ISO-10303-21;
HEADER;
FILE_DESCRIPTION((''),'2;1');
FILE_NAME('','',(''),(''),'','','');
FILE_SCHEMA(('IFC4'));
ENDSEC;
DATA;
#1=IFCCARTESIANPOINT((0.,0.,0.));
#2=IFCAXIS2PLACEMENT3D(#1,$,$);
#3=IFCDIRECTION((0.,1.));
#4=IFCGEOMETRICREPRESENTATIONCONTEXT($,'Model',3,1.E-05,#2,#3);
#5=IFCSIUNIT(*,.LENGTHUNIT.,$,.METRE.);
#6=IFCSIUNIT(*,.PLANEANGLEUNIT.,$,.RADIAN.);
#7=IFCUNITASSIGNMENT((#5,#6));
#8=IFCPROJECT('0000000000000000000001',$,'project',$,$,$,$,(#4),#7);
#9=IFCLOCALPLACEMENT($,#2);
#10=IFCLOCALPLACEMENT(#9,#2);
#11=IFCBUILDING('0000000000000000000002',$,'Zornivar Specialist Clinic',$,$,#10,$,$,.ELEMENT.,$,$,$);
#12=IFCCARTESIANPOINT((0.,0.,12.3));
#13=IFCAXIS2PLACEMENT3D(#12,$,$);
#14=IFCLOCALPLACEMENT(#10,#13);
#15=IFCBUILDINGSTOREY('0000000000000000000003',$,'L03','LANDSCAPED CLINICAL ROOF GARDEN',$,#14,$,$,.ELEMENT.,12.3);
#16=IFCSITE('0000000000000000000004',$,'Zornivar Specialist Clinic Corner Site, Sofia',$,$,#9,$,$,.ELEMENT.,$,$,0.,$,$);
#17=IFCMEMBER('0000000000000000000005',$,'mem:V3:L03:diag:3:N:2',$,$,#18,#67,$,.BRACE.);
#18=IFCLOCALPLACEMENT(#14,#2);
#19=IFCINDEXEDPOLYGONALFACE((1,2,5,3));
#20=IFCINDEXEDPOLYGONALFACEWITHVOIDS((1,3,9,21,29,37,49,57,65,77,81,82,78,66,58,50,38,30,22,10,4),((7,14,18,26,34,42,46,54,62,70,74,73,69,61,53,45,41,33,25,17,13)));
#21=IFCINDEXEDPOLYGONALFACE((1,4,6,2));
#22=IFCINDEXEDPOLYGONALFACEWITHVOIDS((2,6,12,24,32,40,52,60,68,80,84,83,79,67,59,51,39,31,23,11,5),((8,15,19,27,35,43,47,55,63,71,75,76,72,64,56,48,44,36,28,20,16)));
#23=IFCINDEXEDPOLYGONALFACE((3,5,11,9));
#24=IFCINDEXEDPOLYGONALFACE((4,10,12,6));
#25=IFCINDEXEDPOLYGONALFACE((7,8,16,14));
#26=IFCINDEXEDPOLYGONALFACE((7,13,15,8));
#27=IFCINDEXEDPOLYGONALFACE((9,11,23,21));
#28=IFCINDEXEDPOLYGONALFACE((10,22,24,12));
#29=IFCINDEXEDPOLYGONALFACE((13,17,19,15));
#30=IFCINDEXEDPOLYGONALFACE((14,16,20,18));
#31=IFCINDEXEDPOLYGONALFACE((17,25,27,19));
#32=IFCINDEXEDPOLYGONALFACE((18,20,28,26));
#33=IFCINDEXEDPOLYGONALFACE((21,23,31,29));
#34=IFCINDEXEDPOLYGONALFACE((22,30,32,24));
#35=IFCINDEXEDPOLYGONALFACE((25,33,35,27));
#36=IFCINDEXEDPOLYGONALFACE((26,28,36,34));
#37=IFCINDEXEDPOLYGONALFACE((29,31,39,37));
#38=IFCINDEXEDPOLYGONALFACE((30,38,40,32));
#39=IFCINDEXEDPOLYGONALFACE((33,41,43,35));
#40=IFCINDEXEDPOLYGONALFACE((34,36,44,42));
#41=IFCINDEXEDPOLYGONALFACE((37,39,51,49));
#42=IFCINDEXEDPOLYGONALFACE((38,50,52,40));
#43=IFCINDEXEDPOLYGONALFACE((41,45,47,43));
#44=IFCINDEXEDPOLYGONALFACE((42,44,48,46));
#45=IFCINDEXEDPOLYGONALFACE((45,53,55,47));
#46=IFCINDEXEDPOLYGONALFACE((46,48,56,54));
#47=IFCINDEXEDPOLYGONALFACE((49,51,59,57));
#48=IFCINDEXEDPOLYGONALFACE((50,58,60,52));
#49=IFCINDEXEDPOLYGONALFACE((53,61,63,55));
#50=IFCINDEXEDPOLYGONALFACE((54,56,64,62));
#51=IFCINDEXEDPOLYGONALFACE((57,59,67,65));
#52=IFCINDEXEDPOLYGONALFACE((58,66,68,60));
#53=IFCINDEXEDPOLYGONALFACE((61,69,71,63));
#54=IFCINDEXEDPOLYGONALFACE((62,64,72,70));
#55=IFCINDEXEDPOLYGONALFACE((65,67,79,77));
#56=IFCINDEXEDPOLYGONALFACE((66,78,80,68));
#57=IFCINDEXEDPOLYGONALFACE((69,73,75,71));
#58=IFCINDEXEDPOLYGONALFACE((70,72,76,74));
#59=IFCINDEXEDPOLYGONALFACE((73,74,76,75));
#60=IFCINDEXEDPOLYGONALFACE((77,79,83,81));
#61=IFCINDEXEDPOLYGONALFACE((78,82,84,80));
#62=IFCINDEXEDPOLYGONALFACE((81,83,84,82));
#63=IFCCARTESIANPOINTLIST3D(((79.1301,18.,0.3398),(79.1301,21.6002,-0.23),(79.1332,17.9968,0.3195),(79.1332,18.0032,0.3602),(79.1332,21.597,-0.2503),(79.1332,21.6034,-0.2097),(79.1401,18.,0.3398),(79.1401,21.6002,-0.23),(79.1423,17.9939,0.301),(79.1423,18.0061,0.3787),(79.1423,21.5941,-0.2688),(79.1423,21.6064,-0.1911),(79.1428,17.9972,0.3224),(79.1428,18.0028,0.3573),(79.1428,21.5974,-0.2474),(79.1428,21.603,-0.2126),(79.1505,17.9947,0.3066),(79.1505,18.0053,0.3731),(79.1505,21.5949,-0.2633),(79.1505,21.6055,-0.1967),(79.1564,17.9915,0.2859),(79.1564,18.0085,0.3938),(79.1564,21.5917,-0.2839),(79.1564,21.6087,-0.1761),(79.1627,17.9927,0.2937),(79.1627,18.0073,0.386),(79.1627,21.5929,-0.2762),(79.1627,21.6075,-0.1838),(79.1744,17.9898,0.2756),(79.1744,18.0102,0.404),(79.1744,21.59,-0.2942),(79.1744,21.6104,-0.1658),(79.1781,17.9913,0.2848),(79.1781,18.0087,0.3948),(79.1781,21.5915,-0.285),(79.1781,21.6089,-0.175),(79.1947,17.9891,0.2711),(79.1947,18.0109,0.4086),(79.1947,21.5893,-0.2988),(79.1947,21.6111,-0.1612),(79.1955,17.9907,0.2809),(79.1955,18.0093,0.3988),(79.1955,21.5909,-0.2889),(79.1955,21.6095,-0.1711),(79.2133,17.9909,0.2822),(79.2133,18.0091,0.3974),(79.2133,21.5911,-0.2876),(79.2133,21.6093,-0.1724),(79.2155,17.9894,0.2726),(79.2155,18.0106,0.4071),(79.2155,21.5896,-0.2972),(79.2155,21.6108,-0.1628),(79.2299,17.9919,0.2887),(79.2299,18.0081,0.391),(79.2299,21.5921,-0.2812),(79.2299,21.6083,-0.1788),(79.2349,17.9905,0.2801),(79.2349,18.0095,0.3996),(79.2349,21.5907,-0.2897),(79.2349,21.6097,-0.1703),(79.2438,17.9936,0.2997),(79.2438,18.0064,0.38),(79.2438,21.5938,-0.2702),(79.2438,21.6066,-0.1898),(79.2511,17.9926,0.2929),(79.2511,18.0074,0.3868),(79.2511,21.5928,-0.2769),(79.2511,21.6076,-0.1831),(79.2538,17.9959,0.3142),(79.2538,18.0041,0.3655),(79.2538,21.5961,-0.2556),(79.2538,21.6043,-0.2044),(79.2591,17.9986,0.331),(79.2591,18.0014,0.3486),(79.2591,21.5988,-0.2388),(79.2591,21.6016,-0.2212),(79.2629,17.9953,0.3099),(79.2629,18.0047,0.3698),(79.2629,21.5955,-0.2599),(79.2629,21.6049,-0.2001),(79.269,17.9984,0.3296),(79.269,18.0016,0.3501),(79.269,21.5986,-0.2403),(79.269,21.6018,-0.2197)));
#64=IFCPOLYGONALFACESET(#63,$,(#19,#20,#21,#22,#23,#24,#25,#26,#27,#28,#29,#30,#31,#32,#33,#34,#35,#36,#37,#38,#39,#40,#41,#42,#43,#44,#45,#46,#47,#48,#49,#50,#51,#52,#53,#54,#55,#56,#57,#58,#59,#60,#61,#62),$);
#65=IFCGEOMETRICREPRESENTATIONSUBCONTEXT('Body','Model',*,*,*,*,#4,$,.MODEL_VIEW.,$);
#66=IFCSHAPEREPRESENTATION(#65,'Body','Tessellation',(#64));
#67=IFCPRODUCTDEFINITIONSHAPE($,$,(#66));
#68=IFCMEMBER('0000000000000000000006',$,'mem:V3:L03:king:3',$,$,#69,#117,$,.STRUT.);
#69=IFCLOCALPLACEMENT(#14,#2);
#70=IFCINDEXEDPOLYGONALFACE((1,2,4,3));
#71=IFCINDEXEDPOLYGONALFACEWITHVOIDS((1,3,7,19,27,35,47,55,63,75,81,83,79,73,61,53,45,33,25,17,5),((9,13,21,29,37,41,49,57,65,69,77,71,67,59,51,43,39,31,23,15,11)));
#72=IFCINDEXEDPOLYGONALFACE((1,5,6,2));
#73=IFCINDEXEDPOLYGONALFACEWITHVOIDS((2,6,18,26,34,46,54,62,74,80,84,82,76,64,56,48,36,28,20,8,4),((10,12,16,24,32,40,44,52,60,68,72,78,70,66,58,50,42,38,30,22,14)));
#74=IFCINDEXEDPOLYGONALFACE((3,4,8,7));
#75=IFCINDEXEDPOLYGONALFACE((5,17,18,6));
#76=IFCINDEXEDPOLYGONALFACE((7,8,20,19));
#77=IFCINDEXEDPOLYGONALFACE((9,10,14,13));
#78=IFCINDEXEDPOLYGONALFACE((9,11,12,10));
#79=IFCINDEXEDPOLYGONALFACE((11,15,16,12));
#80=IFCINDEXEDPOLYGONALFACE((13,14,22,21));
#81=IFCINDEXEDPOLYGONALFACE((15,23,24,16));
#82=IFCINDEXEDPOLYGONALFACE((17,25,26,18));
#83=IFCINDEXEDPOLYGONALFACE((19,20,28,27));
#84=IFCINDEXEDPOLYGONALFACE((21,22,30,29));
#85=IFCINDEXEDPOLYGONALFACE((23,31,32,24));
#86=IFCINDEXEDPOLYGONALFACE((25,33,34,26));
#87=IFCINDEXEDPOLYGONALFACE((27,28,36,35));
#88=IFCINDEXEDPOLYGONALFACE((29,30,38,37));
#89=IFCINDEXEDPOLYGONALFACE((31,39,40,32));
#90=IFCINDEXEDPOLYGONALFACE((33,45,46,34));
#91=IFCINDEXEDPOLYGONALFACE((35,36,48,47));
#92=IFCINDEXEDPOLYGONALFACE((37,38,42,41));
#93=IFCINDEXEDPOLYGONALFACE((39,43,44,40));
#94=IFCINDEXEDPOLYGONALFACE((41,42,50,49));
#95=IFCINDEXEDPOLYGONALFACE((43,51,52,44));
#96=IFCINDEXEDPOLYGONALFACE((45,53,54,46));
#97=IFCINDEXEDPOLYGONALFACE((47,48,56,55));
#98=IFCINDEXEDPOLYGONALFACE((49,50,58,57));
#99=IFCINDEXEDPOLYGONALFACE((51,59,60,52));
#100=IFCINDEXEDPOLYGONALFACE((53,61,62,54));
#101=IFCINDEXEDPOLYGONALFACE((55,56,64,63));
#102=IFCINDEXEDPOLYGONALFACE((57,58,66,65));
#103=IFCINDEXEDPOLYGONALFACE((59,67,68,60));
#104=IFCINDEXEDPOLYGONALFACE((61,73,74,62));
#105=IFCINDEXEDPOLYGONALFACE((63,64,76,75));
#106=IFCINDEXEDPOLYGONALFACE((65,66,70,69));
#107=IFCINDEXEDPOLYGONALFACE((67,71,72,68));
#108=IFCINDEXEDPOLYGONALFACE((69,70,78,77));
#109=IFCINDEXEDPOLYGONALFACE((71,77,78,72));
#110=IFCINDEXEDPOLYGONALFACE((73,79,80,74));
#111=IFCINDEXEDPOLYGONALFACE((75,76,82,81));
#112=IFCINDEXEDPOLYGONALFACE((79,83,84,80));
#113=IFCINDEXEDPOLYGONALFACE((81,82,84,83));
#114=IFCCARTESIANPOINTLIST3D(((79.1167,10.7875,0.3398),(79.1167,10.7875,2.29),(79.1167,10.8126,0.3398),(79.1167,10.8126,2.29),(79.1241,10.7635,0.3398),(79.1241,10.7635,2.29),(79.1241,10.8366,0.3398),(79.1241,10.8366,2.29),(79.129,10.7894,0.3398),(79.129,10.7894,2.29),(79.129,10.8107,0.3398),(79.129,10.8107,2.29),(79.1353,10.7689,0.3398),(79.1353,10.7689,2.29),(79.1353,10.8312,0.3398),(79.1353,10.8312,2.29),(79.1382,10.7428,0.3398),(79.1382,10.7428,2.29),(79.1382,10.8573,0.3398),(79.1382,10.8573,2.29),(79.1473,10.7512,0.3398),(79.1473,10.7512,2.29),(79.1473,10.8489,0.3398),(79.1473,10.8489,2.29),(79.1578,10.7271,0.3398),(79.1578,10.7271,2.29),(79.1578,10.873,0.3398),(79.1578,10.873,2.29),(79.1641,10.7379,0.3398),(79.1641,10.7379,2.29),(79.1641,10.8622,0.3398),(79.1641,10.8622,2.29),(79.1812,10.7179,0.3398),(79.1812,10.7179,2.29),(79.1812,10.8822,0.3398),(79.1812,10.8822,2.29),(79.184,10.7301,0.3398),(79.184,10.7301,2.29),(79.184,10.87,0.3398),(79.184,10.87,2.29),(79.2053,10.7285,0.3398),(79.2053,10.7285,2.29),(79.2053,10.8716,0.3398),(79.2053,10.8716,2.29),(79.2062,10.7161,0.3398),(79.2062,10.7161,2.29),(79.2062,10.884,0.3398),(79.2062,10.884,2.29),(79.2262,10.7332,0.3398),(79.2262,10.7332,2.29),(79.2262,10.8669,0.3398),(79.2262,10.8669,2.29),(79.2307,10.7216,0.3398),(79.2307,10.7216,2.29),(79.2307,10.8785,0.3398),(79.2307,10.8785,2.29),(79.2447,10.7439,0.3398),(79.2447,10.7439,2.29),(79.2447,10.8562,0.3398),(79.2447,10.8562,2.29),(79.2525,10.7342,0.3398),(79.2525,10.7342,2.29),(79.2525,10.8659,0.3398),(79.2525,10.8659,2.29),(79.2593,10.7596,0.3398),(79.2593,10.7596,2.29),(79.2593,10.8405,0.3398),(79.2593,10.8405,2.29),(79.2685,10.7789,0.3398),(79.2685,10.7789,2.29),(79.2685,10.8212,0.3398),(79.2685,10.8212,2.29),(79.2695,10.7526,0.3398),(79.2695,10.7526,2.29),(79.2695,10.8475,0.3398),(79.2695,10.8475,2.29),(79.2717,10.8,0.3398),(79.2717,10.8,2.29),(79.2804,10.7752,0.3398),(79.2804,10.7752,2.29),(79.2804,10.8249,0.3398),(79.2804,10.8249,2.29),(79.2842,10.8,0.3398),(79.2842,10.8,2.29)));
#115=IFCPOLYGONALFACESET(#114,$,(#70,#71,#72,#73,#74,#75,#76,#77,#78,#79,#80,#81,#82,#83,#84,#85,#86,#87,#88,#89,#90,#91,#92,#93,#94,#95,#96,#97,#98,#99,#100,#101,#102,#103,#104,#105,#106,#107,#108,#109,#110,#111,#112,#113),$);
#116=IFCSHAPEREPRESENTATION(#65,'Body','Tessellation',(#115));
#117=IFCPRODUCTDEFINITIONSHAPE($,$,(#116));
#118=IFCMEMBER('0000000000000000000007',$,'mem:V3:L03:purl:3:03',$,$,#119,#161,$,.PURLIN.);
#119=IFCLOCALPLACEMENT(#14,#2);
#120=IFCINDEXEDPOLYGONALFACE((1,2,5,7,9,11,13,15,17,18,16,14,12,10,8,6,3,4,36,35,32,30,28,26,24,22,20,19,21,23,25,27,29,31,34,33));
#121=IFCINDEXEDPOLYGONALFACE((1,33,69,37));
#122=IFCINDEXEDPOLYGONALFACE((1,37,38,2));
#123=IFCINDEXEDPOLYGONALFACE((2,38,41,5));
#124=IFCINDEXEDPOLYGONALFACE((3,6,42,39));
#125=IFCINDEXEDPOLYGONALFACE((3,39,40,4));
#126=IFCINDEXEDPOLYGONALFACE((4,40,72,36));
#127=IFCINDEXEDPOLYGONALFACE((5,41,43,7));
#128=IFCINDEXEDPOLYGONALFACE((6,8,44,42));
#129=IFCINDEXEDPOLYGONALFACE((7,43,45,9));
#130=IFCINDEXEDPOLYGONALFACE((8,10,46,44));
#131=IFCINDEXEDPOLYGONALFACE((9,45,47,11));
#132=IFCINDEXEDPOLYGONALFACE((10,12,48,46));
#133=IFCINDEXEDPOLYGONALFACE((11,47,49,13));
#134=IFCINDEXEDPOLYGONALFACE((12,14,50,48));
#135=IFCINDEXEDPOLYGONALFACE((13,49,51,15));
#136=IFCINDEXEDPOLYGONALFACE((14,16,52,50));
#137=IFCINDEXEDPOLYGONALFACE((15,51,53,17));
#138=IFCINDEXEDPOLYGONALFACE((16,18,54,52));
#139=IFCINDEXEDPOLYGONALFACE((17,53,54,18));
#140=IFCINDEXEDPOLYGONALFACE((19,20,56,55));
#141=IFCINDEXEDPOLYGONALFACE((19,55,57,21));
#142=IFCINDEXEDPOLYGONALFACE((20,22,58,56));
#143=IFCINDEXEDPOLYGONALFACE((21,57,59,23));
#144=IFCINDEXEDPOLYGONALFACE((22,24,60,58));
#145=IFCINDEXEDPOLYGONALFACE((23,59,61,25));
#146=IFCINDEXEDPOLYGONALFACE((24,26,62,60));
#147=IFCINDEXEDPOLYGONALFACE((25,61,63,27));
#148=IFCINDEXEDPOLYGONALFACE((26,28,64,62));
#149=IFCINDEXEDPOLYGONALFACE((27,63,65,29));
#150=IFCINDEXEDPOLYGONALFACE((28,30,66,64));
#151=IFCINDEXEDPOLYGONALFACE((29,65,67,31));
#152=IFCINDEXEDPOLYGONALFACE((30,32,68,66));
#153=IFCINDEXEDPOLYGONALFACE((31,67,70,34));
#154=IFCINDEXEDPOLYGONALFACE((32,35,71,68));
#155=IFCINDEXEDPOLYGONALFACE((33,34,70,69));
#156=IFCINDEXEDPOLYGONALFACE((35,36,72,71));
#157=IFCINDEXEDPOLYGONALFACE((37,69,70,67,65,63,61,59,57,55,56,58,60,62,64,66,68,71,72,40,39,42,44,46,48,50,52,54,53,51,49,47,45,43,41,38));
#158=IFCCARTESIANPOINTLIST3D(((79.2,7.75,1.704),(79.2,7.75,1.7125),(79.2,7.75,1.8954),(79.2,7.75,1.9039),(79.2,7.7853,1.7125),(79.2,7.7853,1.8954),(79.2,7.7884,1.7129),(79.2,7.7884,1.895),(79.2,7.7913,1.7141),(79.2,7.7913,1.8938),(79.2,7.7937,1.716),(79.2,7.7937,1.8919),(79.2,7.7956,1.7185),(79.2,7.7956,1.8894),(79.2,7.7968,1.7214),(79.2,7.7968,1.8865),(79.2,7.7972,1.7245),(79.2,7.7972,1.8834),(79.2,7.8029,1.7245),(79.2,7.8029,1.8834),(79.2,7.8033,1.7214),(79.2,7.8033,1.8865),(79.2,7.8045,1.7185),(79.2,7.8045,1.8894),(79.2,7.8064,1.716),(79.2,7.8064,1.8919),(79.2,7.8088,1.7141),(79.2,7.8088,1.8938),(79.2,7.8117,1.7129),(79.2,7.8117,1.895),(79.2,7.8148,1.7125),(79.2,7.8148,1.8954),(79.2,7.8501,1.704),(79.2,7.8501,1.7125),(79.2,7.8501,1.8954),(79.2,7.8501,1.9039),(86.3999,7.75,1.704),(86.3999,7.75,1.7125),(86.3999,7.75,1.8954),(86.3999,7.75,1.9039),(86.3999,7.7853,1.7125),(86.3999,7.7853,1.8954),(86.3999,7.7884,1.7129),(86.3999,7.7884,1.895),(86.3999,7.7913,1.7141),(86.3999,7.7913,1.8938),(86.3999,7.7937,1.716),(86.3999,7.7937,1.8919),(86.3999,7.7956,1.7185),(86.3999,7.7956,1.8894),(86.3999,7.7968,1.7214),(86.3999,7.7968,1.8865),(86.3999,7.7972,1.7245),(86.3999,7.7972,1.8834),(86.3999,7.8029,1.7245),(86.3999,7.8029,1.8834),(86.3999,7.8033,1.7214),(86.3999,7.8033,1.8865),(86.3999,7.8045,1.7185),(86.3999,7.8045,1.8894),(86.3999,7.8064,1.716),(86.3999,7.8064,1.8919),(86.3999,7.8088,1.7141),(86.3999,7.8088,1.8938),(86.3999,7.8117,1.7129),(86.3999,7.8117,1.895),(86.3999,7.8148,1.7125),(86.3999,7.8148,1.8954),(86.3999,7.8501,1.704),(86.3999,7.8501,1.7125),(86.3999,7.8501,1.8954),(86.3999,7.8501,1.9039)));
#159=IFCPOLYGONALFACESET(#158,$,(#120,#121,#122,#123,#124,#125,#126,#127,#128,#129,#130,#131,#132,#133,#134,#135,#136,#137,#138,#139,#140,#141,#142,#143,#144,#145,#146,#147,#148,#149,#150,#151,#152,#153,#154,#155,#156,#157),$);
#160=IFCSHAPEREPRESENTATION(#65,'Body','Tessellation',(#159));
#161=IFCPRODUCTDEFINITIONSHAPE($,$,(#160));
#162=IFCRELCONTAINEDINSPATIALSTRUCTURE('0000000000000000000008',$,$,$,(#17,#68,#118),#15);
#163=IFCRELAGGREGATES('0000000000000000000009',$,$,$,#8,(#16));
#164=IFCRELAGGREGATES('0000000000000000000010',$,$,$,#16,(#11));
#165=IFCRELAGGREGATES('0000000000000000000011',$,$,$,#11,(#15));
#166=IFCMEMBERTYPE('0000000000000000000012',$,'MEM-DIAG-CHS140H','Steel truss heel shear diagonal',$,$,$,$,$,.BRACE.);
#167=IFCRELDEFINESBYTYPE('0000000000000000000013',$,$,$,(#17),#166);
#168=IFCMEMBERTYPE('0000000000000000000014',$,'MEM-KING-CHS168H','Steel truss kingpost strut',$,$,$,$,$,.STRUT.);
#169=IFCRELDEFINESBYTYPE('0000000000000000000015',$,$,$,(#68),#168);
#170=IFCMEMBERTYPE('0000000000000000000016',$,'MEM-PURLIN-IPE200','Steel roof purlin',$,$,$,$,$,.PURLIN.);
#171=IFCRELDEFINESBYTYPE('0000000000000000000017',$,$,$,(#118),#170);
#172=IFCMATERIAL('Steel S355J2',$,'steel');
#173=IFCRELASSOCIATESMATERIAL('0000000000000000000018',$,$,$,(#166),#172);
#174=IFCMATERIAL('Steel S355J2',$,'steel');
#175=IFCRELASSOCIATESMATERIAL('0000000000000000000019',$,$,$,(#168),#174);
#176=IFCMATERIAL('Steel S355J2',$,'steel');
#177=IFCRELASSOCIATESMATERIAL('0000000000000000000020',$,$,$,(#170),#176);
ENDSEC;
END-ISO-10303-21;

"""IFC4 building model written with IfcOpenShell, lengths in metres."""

from ifc_helpers import new_model, si_unit, direction, frame, origin, origin_2d, place, context, subcontext, project, spatial, hollow_circle, i_section, extrude, material, material_profile, profile_set, type_object, element, save


model = new_model("IFC4")

# Units and contexts
model_context = context("Model", 3, precision=1e-05, world=origin(), true_north=direction((0.0, 1.0)))
body_context = subcontext(model_context, "Body", "Model", "MODEL_VIEW")
ifc_project = project(units=[si_unit("LENGTHUNIT", "METRE"), si_unit("PLANEANGLEUNIT", "RADIAN")], contexts=[model_context])

# Site, building, storey
site_placement = place(None, origin())
site = spatial("IfcSite", under=ifc_project, at=site_placement, Name="Zornivar Specialist Clinic Corner Site, Sofia", CompositionType="ELEMENT", RefElevation=0.0)
building_placement = place(site_placement, origin())
building = spatial("IfcBuilding", under=site, at=building_placement, Name="Zornivar Specialist Clinic", CompositionType="ELEMENT")
storey_placement = place(building_placement, frame((0.0, 0.0, 12.3)))
storey = spatial("IfcBuildingStorey", under=building, at=storey_placement, Name="L03", Description="LANDSCAPED CLINICAL ROOF GARDEN", CompositionType="ELEMENT", Elevation=12.3)

# Members
ifc_material_1 = material(Name="Steel S355J2", Category="steel")
ifc_material_profile_1 = material_profile(ifc_material_1, hollow_circle(Radius=0.0698, WallThickness=0.01, at=origin_2d()), Name="CHS 139.7x10")
ifc_profile_set_1 = profile_set([ifc_material_profile_1], Name="Steel S355J2")
member_type_1 = type_object("IfcMemberType", Name="MEM-DIAG-CHS140H", Description="Steel truss heel shear diagonal", PredefinedType="BRACE", material=ifc_profile_set_1)
member_1_placement = place(storey_placement, frame((79.2, 18.0, 0.3398), z_axis=(0.0, 0.987704, -0.156334), x_axis=(-1.0, 0.0, 0.0)))
element("IfcMember", 1, at=member_1_placement, inside=storey, type_object=member_type_1, Name="mem:V3:L03:diag:3:N:2", PredefinedType="BRACE", context=body_context, shape_type="SweptSolid", body=[
    extrude(hollow_circle(Radius=0.0698, WallThickness=0.01, at=origin_2d()), origin(), (0.0, 0.0, 1.0), 3.645),
])
ifc_material_2 = material(Name="Steel S355J2", Category="steel")
ifc_material_profile_2 = material_profile(ifc_material_2, hollow_circle(Radius=0.0842, WallThickness=0.0125, at=origin_2d()), Name="CHS 168.3x12.5")
ifc_profile_set_2 = profile_set([ifc_material_profile_2], Name="Steel S355J2")
member_type_2 = type_object("IfcMemberType", Name="MEM-KING-CHS168H", Description="Steel truss kingpost strut", PredefinedType="STRUT", material=ifc_profile_set_2)
member_2_placement = place(storey_placement, frame((79.2, 10.8, 0.3398), z_axis=(0.0, 0.0, 1.0), x_axis=(1.0, 0.0, 0.0)))
element("IfcMember", 2, at=member_2_placement, inside=storey, type_object=member_type_2, Name="mem:V3:L03:king:3", PredefinedType="STRUT", context=body_context, shape_type="SweptSolid", body=[
    extrude(hollow_circle(Radius=0.0842, WallThickness=0.0125, at=origin_2d()), origin(), (0.0, 0.0, 1.0), 1.9502),
])
ifc_material_3 = material(Name="Steel S355J2", Category="steel")
ifc_material_profile_3 = material_profile(ifc_material_3, i_section(OverallWidth=0.1001, OverallDepth=0.2, WebThickness=0.0056, FlangeThickness=0.0085, FilletRadius=0.012, at=origin_2d()), Name="IPE 200")
ifc_profile_set_3 = profile_set([ifc_material_profile_3], Name="Steel S355J2")
member_type_3 = type_object("IfcMemberType", Name="MEM-PURLIN-IPE200", Description="Steel roof purlin", PredefinedType="PURLIN", material=ifc_profile_set_3)
for number, where, z_axis, x_axis, name in (
    (3, (79.2, 7.8, 1.804), (1.0, 0.0, 0.0), (0.0, 1.0, 0.0), "mem:V3:L03:purl:3:03"),
):
    element("IfcMember", number, at=place(storey_placement, frame(where, z_axis=z_axis, x_axis=x_axis)), inside=storey, type_object=member_type_3, Name=name, PredefinedType="PURLIN", context=body_context, shape_type="SweptSolid", body=[
        extrude(i_section(OverallWidth=0.1001, OverallDepth=0.2, WebThickness=0.0056, FlangeThickness=0.0085, FilletRadius=0.012, at=origin_2d()), origin(), (0.0, 0.0, 1.0), 7.2),
    ])

save(model, "model.ifc")
